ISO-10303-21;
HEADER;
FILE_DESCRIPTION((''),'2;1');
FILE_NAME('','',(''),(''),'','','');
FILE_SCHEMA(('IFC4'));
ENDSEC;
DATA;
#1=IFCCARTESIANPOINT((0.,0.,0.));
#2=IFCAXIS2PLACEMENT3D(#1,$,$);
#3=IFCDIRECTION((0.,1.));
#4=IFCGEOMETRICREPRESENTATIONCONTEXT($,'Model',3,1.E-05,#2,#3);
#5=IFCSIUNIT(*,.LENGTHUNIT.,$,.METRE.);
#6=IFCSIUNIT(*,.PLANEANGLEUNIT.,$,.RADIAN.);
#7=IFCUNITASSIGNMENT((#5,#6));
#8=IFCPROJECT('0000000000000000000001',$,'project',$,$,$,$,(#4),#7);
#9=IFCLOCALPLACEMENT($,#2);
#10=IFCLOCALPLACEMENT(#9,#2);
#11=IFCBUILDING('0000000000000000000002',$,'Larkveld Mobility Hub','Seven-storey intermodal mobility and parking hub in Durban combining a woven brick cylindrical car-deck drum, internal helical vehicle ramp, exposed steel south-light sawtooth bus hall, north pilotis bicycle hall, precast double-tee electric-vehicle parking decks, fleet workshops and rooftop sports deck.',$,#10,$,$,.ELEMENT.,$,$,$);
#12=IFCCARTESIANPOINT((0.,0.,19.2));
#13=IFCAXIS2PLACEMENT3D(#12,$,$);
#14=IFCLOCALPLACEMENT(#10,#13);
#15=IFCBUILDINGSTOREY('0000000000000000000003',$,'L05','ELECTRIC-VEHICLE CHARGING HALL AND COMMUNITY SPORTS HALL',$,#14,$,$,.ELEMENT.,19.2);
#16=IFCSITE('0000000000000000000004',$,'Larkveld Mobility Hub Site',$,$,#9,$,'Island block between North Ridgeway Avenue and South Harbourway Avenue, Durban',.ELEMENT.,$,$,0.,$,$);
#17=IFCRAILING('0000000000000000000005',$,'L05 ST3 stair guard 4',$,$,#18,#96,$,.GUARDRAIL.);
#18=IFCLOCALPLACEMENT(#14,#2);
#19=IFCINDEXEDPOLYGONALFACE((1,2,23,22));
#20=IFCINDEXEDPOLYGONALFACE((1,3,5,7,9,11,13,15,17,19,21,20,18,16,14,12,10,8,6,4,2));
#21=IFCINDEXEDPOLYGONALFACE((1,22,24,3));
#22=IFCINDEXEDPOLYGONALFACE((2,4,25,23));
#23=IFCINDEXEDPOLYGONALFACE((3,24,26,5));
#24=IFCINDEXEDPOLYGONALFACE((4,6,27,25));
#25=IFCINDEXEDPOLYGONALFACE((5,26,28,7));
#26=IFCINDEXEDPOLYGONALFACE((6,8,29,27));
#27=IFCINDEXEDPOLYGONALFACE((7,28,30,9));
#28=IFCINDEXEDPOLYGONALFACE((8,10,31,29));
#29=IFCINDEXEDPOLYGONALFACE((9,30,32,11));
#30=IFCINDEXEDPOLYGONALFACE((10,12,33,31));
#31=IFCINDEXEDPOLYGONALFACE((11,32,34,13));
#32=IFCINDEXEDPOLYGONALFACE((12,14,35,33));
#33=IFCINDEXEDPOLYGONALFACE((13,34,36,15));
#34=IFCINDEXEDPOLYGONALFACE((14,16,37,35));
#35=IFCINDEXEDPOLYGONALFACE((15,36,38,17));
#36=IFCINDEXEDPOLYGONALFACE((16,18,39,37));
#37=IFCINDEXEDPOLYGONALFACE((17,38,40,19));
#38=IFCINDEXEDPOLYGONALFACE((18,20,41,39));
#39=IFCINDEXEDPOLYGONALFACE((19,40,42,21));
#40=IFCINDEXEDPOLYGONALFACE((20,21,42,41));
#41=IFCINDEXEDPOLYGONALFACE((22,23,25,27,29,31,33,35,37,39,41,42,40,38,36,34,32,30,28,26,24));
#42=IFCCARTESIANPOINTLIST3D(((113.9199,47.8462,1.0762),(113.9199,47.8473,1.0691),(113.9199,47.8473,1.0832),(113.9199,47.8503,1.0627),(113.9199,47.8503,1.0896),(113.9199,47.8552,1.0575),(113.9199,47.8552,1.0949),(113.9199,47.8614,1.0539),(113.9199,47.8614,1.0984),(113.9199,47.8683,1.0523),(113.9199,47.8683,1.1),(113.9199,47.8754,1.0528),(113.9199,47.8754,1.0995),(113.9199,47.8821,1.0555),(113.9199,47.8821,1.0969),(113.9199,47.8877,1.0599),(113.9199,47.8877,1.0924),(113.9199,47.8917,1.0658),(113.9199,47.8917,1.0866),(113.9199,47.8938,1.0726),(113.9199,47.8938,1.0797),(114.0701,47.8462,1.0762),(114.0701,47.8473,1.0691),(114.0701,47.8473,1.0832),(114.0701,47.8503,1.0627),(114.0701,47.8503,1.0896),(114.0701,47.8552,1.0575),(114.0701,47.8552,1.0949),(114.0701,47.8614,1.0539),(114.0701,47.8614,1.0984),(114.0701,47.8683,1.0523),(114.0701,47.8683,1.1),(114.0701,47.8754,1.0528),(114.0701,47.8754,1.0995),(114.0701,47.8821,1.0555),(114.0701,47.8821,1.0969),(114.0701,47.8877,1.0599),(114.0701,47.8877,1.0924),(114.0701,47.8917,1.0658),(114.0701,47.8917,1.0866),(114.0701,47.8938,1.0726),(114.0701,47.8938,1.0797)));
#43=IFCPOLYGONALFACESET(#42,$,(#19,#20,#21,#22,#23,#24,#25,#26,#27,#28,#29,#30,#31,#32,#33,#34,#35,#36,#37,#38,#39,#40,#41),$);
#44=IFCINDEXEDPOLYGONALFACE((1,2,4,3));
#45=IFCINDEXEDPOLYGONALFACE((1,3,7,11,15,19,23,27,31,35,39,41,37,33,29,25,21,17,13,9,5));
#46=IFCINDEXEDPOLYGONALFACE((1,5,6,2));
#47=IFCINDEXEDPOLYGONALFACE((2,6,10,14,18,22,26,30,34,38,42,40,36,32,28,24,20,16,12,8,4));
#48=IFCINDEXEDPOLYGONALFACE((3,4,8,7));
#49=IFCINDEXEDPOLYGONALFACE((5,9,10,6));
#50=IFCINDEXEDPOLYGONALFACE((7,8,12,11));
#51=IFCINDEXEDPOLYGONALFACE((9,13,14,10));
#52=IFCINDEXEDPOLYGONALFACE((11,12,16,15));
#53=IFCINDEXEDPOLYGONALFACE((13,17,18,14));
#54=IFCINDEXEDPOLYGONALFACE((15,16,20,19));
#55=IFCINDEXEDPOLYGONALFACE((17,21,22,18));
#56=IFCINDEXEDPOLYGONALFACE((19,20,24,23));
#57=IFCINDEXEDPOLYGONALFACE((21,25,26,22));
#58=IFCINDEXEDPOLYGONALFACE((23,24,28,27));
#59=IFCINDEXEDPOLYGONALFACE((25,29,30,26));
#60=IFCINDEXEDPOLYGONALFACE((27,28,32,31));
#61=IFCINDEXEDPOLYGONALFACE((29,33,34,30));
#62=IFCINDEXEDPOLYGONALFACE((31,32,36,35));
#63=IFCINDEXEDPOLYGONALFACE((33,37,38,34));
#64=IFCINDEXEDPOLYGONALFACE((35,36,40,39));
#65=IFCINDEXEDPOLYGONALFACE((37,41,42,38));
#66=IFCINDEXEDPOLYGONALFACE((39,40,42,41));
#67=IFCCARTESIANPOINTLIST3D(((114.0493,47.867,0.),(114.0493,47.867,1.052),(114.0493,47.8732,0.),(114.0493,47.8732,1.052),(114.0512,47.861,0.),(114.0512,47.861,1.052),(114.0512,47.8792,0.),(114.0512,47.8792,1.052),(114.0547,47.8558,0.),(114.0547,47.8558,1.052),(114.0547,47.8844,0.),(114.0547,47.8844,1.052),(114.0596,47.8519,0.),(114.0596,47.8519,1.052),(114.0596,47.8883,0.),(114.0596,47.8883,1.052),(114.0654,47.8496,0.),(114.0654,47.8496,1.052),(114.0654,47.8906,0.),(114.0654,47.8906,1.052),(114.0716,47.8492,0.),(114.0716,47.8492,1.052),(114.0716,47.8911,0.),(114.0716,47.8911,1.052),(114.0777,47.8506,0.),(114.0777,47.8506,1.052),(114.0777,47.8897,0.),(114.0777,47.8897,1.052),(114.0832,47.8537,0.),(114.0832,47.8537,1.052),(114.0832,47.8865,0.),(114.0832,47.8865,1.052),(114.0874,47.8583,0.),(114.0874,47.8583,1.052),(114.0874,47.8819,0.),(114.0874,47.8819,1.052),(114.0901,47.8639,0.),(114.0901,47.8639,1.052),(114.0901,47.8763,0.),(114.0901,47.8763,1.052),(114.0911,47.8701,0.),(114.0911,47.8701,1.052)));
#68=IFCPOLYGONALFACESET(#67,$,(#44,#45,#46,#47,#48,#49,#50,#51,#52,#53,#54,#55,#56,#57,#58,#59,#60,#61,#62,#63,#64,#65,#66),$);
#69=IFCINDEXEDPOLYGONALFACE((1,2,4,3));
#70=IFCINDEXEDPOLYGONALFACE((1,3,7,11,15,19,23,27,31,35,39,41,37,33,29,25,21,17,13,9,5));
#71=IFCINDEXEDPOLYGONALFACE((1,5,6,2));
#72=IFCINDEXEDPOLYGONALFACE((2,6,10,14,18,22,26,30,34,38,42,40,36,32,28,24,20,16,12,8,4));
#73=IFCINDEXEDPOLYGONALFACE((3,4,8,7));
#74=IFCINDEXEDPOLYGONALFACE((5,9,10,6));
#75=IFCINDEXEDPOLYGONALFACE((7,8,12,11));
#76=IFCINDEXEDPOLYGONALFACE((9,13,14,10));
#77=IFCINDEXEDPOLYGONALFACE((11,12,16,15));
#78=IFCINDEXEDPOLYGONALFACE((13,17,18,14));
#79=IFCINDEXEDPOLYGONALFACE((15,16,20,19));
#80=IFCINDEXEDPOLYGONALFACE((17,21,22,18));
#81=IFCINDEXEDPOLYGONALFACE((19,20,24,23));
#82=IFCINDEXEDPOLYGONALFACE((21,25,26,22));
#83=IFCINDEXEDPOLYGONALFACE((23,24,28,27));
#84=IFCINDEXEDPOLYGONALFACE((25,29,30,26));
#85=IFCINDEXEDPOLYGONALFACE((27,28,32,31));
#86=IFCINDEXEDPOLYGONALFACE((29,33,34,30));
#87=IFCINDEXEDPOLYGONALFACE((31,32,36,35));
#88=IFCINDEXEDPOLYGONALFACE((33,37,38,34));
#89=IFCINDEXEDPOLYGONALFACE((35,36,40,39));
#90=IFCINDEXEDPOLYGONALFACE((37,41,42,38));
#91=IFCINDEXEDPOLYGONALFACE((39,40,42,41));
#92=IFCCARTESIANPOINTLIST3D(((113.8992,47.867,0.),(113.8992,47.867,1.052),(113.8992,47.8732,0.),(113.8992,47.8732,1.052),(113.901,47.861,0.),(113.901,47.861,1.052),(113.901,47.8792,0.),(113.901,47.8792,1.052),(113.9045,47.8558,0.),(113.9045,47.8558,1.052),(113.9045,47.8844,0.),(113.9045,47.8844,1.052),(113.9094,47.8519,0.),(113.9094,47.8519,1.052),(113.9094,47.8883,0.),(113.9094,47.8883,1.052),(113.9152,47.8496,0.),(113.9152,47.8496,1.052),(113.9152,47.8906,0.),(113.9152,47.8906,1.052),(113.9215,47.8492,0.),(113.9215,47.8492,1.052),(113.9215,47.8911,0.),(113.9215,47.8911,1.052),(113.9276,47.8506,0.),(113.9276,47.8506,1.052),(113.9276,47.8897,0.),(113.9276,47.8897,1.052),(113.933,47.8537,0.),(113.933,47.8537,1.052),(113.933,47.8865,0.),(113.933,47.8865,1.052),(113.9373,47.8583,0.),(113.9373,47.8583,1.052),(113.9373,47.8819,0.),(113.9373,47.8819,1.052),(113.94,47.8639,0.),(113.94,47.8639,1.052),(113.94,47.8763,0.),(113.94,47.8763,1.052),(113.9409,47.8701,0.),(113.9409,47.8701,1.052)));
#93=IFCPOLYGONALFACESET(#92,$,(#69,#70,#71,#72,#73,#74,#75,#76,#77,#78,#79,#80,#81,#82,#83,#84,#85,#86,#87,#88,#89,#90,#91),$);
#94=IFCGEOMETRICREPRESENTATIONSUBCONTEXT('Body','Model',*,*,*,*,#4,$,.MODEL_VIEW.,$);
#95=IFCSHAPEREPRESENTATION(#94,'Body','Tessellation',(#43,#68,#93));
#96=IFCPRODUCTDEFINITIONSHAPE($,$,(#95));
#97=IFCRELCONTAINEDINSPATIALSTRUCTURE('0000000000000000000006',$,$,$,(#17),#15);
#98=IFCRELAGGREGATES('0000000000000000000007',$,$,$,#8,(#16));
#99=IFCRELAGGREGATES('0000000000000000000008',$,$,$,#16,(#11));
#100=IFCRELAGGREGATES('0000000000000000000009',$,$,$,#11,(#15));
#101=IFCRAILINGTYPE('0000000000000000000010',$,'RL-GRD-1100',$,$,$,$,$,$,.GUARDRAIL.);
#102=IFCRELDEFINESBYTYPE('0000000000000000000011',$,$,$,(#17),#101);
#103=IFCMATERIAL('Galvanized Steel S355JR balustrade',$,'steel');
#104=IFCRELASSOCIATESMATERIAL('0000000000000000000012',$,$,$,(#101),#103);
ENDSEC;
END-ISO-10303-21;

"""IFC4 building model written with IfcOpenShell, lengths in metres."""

from ifc_helpers import new_model, si_unit, direction, frame, origin, origin_2d, place, context, subcontext, project, spatial, circle, extrude, material, type_object, element, save


model = new_model("IFC4")

# Units and contexts
model_context = context("Model", 3, precision=1e-05, world=origin(), true_north=direction((0.0, 1.0)))
body_context = subcontext(model_context, "Body", "Model", "MODEL_VIEW")
ifc_project = project(units=[si_unit("LENGTHUNIT", "METRE"), si_unit("PLANEANGLEUNIT", "RADIAN")], contexts=[model_context])

# Site, building, storey
site_placement = place(None, origin())
site = spatial("IfcSite", under=ifc_project, at=site_placement, Name="Larkveld Mobility Hub Site", LongName="Island block between North Ridgeway Avenue and South Harbourway Avenue, Durban", CompositionType="ELEMENT", RefElevation=0.0)
building_placement = place(site_placement, origin())
building = spatial("IfcBuilding", under=site, at=building_placement, Name="Larkveld Mobility Hub", Description="Seven-storey intermodal mobility and parking hub in Durban combining a woven brick cylindrical car-deck drum, internal helical vehicle ramp, exposed steel south-light sawtooth bus hall, north pilotis bicycle hall, precast double-tee electric-vehicle parking decks, fleet workshops and rooftop sports deck.", CompositionType="ELEMENT")
storey_placement = place(building_placement, frame((0.0, 0.0, 19.2)))
storey = spatial("IfcBuildingStorey", under=building, at=storey_placement, Name="L05", Description="ELECTRIC-VEHICLE CHARGING HALL AND COMMUNITY SPORTS HALL", CompositionType="ELEMENT", Elevation=19.2)

# Railing
ifc_material_1 = material(Name="Galvanized Steel S355JR balustrade", Category="steel")
railing_type_1 = type_object("IfcRailingType", Name="RL-GRD-1100", PredefinedType="GUARDRAIL", material=ifc_material_1)
railing_1_placement = place(storey_placement, frame((114.0701, 47.8701, 0.0)))
element("IfcRailing", 1, at=railing_1_placement, inside=storey, type_object=railing_type_1, Name="L05 ST3 stair guard 4", PredefinedType="GUARDRAIL", context=body_context, shape_type="SweptSolid", body=[
    extrude(circle(Radius=0.0239, at=origin_2d()), frame((0.0, 0.0, 1.0762), z_axis=(-1.0, 0.0, 0.0), x_axis=(0.0, -1.0, 0.0)), (0.0, 0.0, 1.0), 0.1501),
    extrude(circle(Radius=0.021, at=origin_2d()), origin(), (0.0, 0.0, 1.0), 1.052),
    extrude(circle(Radius=0.021, at=origin_2d()), frame((-0.1501, 0.0, 0.0)), (0.0, 0.0, 1.0), 1.052),
])

save(model, "model.ifc")
